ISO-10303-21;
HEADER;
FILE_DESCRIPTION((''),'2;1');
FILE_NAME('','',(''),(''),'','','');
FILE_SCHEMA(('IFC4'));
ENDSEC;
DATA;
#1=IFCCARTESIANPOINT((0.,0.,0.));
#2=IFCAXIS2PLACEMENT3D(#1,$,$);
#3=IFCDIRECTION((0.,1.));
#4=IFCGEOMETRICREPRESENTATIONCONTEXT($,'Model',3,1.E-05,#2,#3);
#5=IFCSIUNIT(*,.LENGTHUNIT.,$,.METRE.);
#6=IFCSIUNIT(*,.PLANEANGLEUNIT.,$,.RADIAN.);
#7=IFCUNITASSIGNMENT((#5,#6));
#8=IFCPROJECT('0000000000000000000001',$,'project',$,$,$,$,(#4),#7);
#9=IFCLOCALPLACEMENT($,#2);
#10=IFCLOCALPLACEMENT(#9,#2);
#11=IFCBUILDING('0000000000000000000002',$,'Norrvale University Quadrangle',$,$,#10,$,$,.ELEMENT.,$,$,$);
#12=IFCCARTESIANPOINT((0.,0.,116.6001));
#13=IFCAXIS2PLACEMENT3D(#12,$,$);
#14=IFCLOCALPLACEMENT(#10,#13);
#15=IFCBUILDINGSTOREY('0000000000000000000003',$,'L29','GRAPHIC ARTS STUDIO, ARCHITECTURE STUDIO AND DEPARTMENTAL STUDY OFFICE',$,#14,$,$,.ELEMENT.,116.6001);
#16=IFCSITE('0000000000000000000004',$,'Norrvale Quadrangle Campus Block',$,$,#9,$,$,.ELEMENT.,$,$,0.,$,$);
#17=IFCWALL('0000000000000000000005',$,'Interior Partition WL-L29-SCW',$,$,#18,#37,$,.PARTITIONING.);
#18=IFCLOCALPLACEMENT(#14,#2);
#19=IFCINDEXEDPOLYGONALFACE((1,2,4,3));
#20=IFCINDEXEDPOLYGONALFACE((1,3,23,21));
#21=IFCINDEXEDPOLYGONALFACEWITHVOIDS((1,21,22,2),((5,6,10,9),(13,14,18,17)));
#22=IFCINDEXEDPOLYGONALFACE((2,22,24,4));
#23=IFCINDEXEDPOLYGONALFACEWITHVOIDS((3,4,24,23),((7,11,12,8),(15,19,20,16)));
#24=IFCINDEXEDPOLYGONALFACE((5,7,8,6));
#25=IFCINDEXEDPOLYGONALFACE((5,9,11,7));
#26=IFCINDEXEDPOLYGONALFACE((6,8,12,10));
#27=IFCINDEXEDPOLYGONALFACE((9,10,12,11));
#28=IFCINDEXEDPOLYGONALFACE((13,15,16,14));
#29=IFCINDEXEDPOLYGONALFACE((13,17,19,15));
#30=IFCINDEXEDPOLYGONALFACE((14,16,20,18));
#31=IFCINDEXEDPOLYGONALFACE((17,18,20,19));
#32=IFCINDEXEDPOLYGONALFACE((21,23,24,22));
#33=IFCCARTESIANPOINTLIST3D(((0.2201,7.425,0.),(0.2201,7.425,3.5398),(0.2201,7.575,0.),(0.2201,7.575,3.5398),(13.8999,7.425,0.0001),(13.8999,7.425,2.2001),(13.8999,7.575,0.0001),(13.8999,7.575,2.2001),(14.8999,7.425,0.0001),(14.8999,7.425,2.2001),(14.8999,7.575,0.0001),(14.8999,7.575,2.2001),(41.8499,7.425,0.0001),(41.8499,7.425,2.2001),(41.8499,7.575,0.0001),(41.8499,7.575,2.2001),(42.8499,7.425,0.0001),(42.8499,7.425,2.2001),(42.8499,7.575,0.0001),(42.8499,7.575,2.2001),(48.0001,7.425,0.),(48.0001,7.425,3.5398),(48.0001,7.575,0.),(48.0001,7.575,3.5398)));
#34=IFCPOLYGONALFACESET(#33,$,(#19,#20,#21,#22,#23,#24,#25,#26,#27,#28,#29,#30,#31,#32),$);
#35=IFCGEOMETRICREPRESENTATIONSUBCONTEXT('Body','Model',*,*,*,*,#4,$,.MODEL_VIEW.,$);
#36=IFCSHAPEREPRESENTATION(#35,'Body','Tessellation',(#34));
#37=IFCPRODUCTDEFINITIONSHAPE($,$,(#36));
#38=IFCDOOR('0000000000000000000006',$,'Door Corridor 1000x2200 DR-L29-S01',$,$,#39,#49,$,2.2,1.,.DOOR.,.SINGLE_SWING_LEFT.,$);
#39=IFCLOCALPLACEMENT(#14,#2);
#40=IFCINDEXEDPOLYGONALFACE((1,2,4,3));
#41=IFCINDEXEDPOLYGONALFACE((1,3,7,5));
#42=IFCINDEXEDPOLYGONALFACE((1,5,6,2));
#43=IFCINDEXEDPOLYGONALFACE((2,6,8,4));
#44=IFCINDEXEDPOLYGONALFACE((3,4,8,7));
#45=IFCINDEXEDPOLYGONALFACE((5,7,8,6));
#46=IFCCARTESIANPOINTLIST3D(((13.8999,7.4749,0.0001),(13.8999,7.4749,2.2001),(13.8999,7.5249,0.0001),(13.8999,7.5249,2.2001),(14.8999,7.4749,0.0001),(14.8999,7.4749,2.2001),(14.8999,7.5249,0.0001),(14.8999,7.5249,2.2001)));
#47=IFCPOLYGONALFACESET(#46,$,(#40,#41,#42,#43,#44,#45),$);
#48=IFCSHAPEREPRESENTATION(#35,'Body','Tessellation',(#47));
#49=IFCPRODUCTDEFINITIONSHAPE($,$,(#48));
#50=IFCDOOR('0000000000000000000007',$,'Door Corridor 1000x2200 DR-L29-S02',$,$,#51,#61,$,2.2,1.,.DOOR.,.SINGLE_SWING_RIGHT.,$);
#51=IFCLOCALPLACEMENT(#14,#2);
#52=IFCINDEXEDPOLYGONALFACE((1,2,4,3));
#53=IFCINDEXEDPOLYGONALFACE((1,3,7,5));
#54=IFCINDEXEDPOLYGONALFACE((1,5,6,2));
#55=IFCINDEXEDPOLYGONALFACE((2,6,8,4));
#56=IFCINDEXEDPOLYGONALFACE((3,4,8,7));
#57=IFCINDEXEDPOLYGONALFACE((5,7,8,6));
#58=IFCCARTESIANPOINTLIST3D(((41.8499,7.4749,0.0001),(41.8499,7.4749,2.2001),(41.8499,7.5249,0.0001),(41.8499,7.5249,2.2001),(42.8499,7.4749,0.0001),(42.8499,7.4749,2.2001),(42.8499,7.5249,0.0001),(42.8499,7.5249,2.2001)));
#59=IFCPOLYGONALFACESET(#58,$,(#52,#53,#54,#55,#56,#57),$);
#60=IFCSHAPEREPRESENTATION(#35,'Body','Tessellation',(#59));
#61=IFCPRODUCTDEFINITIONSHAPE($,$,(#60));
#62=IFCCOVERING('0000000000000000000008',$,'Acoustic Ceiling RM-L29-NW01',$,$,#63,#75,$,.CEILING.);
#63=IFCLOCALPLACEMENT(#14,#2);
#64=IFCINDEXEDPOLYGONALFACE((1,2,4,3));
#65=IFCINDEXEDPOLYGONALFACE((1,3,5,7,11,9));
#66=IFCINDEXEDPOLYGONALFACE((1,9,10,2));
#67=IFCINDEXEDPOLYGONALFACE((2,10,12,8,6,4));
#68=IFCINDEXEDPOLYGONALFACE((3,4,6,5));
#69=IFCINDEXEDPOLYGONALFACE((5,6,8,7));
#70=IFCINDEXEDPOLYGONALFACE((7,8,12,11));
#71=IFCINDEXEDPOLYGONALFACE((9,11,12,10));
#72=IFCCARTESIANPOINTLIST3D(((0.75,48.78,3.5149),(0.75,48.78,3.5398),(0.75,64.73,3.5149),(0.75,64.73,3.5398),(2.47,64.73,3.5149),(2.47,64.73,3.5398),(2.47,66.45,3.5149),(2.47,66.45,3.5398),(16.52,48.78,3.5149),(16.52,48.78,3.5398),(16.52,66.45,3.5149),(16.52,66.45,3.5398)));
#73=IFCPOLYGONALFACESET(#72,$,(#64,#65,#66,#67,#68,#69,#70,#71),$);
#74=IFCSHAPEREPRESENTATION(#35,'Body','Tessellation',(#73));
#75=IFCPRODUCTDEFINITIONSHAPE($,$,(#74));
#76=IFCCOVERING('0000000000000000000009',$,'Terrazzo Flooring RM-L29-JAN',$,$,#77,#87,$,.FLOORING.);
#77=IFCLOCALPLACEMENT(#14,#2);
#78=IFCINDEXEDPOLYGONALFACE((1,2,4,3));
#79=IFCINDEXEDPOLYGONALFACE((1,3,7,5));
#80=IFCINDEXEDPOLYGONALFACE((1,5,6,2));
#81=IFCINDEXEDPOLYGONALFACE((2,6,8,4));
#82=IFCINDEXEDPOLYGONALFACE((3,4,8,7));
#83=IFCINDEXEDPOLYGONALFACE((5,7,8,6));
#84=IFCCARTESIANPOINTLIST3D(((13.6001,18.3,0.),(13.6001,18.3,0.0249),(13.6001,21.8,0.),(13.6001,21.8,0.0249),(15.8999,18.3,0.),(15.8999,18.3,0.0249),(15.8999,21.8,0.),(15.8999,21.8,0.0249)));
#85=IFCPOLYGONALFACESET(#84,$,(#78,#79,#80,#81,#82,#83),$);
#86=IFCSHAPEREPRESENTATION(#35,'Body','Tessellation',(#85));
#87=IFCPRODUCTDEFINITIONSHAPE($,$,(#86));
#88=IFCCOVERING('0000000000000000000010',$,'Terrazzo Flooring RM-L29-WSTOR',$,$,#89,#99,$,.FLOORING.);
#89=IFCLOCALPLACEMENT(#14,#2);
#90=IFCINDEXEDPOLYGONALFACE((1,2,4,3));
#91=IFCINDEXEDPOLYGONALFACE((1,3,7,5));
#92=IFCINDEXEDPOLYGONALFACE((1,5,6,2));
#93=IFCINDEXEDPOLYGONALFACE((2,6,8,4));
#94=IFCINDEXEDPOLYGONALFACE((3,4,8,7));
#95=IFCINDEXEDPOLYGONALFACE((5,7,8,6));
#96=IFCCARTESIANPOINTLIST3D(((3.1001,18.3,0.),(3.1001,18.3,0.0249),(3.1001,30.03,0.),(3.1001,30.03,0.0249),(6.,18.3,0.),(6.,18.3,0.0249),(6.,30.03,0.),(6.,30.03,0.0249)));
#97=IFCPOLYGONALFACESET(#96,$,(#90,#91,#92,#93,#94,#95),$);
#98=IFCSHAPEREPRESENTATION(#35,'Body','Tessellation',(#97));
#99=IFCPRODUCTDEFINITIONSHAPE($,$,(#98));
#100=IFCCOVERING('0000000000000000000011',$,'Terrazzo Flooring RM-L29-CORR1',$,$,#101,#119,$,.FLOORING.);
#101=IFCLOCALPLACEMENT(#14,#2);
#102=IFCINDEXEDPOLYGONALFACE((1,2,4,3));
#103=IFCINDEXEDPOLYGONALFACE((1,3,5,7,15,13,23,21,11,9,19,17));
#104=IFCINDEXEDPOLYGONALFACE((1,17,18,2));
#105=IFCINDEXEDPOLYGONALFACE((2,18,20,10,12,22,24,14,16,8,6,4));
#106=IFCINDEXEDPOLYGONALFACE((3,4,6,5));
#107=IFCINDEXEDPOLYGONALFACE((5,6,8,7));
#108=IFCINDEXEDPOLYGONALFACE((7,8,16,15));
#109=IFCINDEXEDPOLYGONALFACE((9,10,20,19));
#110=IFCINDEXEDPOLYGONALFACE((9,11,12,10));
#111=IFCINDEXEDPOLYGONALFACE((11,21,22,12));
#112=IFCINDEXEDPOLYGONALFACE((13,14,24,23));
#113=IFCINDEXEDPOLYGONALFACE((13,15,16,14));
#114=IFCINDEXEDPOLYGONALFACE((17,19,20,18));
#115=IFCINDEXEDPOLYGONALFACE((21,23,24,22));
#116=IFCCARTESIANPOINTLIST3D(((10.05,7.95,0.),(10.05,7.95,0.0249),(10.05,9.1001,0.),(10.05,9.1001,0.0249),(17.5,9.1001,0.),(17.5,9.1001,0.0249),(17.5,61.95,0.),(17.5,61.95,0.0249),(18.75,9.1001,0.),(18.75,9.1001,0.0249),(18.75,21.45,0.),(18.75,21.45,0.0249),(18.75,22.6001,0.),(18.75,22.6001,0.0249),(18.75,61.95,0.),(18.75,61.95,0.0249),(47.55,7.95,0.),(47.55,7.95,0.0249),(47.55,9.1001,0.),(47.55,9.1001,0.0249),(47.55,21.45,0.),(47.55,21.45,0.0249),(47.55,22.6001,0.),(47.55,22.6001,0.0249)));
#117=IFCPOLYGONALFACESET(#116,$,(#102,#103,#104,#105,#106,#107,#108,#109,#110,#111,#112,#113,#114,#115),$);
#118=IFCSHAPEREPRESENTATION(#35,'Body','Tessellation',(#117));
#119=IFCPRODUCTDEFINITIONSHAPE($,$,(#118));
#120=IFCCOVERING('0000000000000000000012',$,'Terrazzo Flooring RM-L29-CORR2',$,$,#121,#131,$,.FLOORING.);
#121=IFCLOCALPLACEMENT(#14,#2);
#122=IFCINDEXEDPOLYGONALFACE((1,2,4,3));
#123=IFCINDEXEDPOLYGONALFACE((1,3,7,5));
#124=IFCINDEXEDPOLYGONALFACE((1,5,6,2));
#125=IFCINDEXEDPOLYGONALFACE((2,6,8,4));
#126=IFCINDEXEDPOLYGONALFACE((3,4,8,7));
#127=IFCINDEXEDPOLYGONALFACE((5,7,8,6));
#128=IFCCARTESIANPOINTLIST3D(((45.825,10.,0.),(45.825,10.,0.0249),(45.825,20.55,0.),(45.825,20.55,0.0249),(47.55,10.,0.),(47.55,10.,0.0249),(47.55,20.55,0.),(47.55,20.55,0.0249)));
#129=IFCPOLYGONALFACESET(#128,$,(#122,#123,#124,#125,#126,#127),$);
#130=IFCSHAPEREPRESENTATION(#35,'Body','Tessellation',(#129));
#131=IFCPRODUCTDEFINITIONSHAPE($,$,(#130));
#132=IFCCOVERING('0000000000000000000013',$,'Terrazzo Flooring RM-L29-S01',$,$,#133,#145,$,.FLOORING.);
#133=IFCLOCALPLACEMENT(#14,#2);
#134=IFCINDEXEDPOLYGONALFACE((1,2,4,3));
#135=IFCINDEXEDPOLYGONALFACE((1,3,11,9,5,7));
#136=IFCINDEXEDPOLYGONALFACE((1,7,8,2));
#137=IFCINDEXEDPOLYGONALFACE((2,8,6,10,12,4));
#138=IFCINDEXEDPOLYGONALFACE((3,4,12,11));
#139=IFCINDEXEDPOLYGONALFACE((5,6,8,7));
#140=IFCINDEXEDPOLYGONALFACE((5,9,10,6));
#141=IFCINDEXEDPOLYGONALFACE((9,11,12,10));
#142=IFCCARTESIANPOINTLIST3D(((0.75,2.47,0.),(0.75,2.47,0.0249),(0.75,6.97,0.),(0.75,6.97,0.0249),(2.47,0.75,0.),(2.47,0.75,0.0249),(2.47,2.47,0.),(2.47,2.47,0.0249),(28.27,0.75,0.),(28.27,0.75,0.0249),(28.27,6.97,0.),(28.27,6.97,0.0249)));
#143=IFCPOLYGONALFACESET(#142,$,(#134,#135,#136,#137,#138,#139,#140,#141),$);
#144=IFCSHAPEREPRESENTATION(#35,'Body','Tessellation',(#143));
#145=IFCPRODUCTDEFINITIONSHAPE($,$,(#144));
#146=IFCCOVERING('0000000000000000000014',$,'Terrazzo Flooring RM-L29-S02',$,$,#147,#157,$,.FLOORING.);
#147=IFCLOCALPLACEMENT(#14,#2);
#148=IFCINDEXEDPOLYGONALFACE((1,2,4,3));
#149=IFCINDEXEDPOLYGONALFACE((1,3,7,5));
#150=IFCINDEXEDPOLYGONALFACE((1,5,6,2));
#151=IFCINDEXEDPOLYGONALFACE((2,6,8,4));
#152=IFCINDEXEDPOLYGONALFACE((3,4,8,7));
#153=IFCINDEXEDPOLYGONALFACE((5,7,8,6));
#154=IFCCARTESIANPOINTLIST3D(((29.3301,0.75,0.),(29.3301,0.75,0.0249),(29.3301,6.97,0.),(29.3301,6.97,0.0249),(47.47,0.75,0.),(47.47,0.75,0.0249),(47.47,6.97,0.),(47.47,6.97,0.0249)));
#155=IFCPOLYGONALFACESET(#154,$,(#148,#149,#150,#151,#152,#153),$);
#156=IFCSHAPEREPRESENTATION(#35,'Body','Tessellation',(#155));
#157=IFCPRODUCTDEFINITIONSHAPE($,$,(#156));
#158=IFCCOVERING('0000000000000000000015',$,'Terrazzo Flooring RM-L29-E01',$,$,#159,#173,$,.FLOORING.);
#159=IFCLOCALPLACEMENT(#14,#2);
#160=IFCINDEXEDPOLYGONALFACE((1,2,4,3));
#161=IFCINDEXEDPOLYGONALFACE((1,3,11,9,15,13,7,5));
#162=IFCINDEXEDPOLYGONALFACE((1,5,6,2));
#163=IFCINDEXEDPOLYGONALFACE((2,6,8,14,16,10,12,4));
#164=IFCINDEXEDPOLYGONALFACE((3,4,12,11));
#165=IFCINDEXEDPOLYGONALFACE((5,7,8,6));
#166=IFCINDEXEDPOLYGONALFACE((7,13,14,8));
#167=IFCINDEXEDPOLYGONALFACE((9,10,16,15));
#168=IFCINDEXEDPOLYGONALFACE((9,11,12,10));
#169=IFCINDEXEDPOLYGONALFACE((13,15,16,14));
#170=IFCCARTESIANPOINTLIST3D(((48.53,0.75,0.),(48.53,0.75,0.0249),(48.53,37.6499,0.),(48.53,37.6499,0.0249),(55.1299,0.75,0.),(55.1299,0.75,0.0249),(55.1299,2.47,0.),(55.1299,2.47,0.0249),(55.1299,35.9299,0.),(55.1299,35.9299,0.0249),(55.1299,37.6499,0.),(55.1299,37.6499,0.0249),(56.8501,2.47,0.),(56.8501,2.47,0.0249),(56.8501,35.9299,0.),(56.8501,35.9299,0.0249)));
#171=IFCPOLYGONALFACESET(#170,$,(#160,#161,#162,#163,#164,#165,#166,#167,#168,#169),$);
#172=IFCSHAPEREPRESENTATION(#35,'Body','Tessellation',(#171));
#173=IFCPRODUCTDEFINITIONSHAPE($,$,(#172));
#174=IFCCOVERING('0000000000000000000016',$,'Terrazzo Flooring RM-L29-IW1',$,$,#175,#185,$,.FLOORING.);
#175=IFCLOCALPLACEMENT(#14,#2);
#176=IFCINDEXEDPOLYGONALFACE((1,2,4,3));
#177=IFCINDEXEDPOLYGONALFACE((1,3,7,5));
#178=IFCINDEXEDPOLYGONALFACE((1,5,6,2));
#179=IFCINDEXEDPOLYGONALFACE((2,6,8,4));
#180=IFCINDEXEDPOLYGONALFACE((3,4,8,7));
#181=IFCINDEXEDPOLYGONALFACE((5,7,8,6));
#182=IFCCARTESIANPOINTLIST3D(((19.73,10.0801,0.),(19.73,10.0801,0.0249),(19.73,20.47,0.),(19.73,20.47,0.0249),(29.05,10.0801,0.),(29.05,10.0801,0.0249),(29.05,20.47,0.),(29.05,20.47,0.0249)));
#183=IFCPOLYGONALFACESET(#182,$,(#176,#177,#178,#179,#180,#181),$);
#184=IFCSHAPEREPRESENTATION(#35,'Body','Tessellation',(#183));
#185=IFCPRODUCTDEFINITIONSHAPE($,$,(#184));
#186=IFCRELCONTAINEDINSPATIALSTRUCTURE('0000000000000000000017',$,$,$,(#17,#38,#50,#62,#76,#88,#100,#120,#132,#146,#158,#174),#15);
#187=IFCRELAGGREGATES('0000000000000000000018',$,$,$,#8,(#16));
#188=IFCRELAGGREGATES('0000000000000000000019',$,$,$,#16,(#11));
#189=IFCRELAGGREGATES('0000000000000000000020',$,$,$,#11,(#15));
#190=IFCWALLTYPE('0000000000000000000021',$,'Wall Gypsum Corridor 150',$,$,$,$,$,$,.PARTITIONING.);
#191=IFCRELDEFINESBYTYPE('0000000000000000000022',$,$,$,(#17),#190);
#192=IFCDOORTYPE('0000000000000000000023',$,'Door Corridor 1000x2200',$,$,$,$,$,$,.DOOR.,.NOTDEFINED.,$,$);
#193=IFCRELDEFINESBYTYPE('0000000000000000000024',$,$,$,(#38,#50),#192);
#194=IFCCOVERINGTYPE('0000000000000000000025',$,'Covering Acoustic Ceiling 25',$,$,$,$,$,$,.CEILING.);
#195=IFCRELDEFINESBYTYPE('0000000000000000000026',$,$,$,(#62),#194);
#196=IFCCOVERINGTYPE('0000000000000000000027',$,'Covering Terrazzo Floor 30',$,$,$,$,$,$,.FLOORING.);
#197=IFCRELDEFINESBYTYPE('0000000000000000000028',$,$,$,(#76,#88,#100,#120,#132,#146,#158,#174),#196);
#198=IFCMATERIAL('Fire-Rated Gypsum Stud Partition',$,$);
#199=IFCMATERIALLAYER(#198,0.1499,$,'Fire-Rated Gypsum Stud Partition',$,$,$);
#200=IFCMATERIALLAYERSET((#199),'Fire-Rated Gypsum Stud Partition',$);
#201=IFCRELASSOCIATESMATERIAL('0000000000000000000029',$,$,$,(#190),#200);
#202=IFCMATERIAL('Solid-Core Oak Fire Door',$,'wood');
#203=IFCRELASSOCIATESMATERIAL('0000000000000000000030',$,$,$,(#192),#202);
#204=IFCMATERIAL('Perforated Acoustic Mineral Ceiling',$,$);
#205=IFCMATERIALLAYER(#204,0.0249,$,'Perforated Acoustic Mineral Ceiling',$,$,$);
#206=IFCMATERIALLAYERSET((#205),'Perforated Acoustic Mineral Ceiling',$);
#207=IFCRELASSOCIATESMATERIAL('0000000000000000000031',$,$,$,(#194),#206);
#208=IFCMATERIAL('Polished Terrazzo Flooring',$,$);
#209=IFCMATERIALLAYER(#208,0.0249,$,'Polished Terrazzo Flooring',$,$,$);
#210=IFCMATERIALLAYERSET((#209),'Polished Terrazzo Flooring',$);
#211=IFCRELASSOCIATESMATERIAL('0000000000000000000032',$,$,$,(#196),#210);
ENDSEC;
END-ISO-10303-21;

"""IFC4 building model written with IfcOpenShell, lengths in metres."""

from ifc_helpers import new_model, si_unit, direction, frame, frame_2d, origin, place, context, subcontext, project, spatial, polyline, rectangle, outline, extrude, material, layer, layer_set, type_object, element, fill, save


model = new_model("IFC4")

# Units and contexts
model_context = context("Model", 3, precision=1e-05, world=origin(), true_north=direction((0.0, 1.0)))
body_context = subcontext(model_context, "Body", "Model", "MODEL_VIEW")
ifc_project = project(units=[si_unit("LENGTHUNIT", "METRE"), si_unit("PLANEANGLEUNIT", "RADIAN")], contexts=[model_context])

# Site, building, storey
site_placement = place(None, origin())
site = spatial("IfcSite", under=ifc_project, at=site_placement, Name="Norrvale Quadrangle Campus Block", CompositionType="ELEMENT", RefElevation=0.0)
building_placement = place(site_placement, origin())
building = spatial("IfcBuilding", under=site, at=building_placement, Name="Norrvale University Quadrangle", CompositionType="ELEMENT")
storey_placement = place(building_placement, frame((0.0, 0.0, 116.6001)))
storey = spatial("IfcBuildingStorey", under=building, at=storey_placement, Name="L29", Description="GRAPHIC ARTS STUDIO, ARCHITECTURE STUDIO AND DEPARTMENTAL STUDY OFFICE", CompositionType="ELEMENT", Elevation=116.6001)

# Wall, openings, doors
ifc_material_1 = material(Name="Fire-Rated Gypsum Stud Partition")
ifc_layer_1 = layer(ifc_material_1, 0.1499, Name="Fire-Rated Gypsum Stud Partition")
ifc_layer_set_1 = layer_set([ifc_layer_1], Name="Fire-Rated Gypsum Stud Partition")
wall_type_1 = type_object("IfcWallType", Name="Wall Gypsum Corridor 150", PredefinedType="PARTITIONING", material=ifc_layer_set_1)
wall_1_placement = place(storey_placement, frame((0.22, 7.5, 0.0), z_axis=(0.0, 0.0, 1.0), x_axis=(1.0, 0.0, 0.0)))
wall_1 = element("IfcWall", 1, at=wall_1_placement, inside=storey, type_object=wall_type_1, Name="Interior Partition WL-L29-SCW", PredefinedType="PARTITIONING", context=body_context, shape_type="SweptSolid", body=[
    extrude(rectangle(XDim=47.78, YDim=0.1499, at=frame_2d((23.8901, 0.0))), origin(), (0.0, 0.0, 1.0), 3.5398),
])
opening_1_placement = place(wall_1_placement, frame((13.6799, 0.0, 0.0)))
opening_1 = element("IfcOpeningElement", 2, at=opening_1_placement, cuts=wall_1, PredefinedType="OPENING", context=body_context, shape_type="SweptSolid", body=[
    extrude(rectangle(XDim=1.0, YDim=2.2, at=frame_2d((0.5, 1.1001))), frame((0.0, 0.0869, 0.0), z_axis=(0.0, -1.0, 0.0), x_axis=(1.0, 0.0, 0.0)), (0.0, 0.0, 1.0), 0.1738),
])
opening_2_placement = place(wall_1_placement, frame((41.6299, 0.0, 0.0)))
opening_2 = element("IfcOpeningElement", 3, at=opening_2_placement, cuts=wall_1, PredefinedType="OPENING", context=body_context, shape_type="SweptSolid", body=[
    extrude(rectangle(XDim=1.0, YDim=2.2, at=frame_2d((0.5, 1.1001))), frame((0.0, 0.0869, 0.0), z_axis=(0.0, -1.0, 0.0), x_axis=(1.0, 0.0, 0.0)), (0.0, 0.0, 1.0), 0.1738),
])
ifc_material_2 = material(Name="Solid-Core Oak Fire Door", Category="wood")
door_type = type_object("IfcDoorType", Name="Door Corridor 1000x2200", OperationType="NOTDEFINED", PredefinedType="DOOR", material=ifc_material_2)
door_1_placement = place(opening_1_placement, origin())
door_1 = element("IfcDoor", 4, at=door_1_placement, inside=storey, type_object=door_type, Name="Door Corridor 1000x2200 DR-L29-S01", OperationType="SINGLE_SWING_LEFT", OverallHeight=2.2, OverallWidth=1.0, PredefinedType="DOOR", context=body_context, shape_type="SweptSolid", body=[
    extrude(rectangle(XDim=1.0, YDim=2.2, at=frame_2d((0.5, 1.1001))), frame((0.0, 0.0249, 0.0), z_axis=(0.0, -1.0, 0.0), x_axis=(1.0, 0.0, 0.0)), (0.0, 0.0, 1.0), 0.05),
])
fill(opening_1, door_1)
door_2_placement = place(opening_2_placement, origin())
door_2 = element("IfcDoor", 5, at=door_2_placement, inside=storey, type_object=door_type, Name="Door Corridor 1000x2200 DR-L29-S02", OperationType="SINGLE_SWING_RIGHT", OverallHeight=2.2, OverallWidth=1.0, PredefinedType="DOOR", context=body_context, shape_type="SweptSolid", body=[
    extrude(rectangle(XDim=1.0, YDim=2.2, at=frame_2d((0.5, 1.1001))), frame((0.0, 0.0249, 0.0), z_axis=(0.0, -1.0, 0.0), x_axis=(1.0, 0.0, 0.0)), (0.0, 0.0, 1.0), 0.05),
])
fill(opening_2, door_2)

# Coverings
ifc_material_3 = material(Name="Perforated Acoustic Mineral Ceiling")
ifc_layer_2 = layer(ifc_material_3, 0.0249, Name="Perforated Acoustic Mineral Ceiling")
ifc_layer_set_2 = layer_set([ifc_layer_2], Name="Perforated Acoustic Mineral Ceiling")
covering_type_1 = type_object("IfcCoveringType", Name="Covering Acoustic Ceiling 25", PredefinedType="CEILING", material=ifc_layer_set_2)
covering_1_placement = place(storey_placement, frame((0.0, 0.0, 3.5149)))
element("IfcCovering", 6, at=covering_1_placement, inside=storey, type_object=covering_type_1, Name="Acoustic Ceiling RM-L29-NW01", PredefinedType="CEILING", context=body_context, shape_type="SweptSolid", body=[
    extrude(outline(polyline([(16.52, 66.45), (16.52, 48.78), (0.75, 48.78), (0.75, 64.73), (2.47, 64.73), (2.47, 66.45), (16.52, 66.45)])), origin(), (0.0, 0.0, 1.0), 0.0249),
])
ifc_material_4 = material(Name="Polished Terrazzo Flooring")
ifc_layer_3 = layer(ifc_material_4, 0.0249, Name="Polished Terrazzo Flooring")
ifc_layer_set_3 = layer_set([ifc_layer_3], Name="Polished Terrazzo Flooring")
covering_type_2 = type_object("IfcCoveringType", Name="Covering Terrazzo Floor 30", PredefinedType="FLOORING", material=ifc_layer_set_3)
covering_2_placement = place(storey_placement, origin())
element("IfcCovering", 7, at=covering_2_placement, inside=storey, type_object=covering_type_2, Name="Terrazzo Flooring RM-L29-JAN", PredefinedType="FLOORING", context=body_context, shape_type="SweptSolid", body=[
    extrude(outline(polyline([(13.6001, 18.3), (13.6001, 21.8), (15.8999, 21.8), (15.8999, 18.3), (13.6001, 18.3)])), origin(), (0.0, 0.0, 1.0), 0.0249),
])
covering_3_placement = place(storey_placement, origin())
element("IfcCovering", 8, at=covering_3_placement, inside=storey, type_object=covering_type_2, Name="Terrazzo Flooring RM-L29-WSTOR", PredefinedType="FLOORING", context=body_context, shape_type="SweptSolid", body=[
    extrude(outline(polyline([(3.1001, 18.3), (3.1001, 30.03), (6.0, 30.03), (6.0, 18.3), (3.1001, 18.3)])), origin(), (0.0, 0.0, 1.0), 0.0249),
])
covering_4_placement = place(storey_placement, origin())
element("IfcCovering", 9, at=covering_4_placement, inside=storey, type_object=covering_type_2, Name="Terrazzo Flooring RM-L29-CORR1", PredefinedType="FLOORING", context=body_context, shape_type="SweptSolid", body=[
    extrude(outline(polyline([(10.05, 7.95), (10.05, 9.1001), (17.5, 9.1001), (17.5, 61.95), (18.75, 61.95), (18.75, 22.6001), (47.55, 22.6001), (47.55, 21.45), (18.75, 21.45), (18.75, 9.1001), (47.55, 9.1001), (47.55, 7.95), (10.05, 7.95)])), origin(), (0.0, 0.0, 1.0), 0.0249),
])
covering_5_placement = place(storey_placement, origin())
element("IfcCovering", 10, at=covering_5_placement, inside=storey, type_object=covering_type_2, Name="Terrazzo Flooring RM-L29-CORR2", PredefinedType="FLOORING", context=body_context, shape_type="SweptSolid", body=[
    extrude(outline(polyline([(45.825, 10.0), (45.825, 20.55), (47.55, 20.55), (47.55, 10.0), (45.825, 10.0)])), origin(), (0.0, 0.0, 1.0), 0.0249),
])
covering_6_placement = place(storey_placement, origin())
element("IfcCovering", 11, at=covering_6_placement, inside=storey, type_object=covering_type_2, Name="Terrazzo Flooring RM-L29-S01", PredefinedType="FLOORING", context=body_context, shape_type="SweptSolid", body=[
    extrude(outline(polyline([(28.27, 6.97), (28.27, 0.75), (2.47, 0.75), (2.47, 2.47), (0.75, 2.47), (0.75, 6.97), (28.27, 6.97)])), origin(), (0.0, 0.0, 1.0), 0.0249),
])
covering_7_placement = place(storey_placement, origin())
element("IfcCovering", 12, at=covering_7_placement, inside=storey, type_object=covering_type_2, Name="Terrazzo Flooring RM-L29-S02", PredefinedType="FLOORING", context=body_context, shape_type="SweptSolid", body=[
    extrude(outline(polyline([(47.47, 6.97), (47.47, 0.75), (29.3301, 0.75), (29.3301, 6.97), (47.47, 6.97)])), origin(), (0.0, 0.0, 1.0), 0.0249),
])
covering_8_placement = place(storey_placement, origin())
element("IfcCovering", 13, at=covering_8_placement, inside=storey, type_object=covering_type_2, Name="Terrazzo Flooring RM-L29-E01", PredefinedType="FLOORING", context=body_context, shape_type="SweptSolid", body=[
    extrude(outline(polyline([(48.53, 37.6499), (55.1299, 37.6499), (55.1299, 35.9299), (56.8501, 35.9299), (56.8501, 2.47), (55.1299, 2.47), (55.1299, 0.75), (48.53, 0.75), (48.53, 37.6499)])), origin(), (0.0, 0.0, 1.0), 0.0249),
])
covering_9_placement = place(storey_placement, origin())
element("IfcCovering", 14, at=covering_9_placement, inside=storey, type_object=covering_type_2, Name="Terrazzo Flooring RM-L29-IW1", PredefinedType="FLOORING", context=body_context, shape_type="SweptSolid", body=[
    extrude(outline(polyline([(19.73, 10.0801), (19.73, 20.47), (29.05, 20.47), (29.05, 10.0801), (19.73, 10.0801)])), origin(), (0.0, 0.0, 1.0), 0.0249),
])

save(model, "model.ifc")
